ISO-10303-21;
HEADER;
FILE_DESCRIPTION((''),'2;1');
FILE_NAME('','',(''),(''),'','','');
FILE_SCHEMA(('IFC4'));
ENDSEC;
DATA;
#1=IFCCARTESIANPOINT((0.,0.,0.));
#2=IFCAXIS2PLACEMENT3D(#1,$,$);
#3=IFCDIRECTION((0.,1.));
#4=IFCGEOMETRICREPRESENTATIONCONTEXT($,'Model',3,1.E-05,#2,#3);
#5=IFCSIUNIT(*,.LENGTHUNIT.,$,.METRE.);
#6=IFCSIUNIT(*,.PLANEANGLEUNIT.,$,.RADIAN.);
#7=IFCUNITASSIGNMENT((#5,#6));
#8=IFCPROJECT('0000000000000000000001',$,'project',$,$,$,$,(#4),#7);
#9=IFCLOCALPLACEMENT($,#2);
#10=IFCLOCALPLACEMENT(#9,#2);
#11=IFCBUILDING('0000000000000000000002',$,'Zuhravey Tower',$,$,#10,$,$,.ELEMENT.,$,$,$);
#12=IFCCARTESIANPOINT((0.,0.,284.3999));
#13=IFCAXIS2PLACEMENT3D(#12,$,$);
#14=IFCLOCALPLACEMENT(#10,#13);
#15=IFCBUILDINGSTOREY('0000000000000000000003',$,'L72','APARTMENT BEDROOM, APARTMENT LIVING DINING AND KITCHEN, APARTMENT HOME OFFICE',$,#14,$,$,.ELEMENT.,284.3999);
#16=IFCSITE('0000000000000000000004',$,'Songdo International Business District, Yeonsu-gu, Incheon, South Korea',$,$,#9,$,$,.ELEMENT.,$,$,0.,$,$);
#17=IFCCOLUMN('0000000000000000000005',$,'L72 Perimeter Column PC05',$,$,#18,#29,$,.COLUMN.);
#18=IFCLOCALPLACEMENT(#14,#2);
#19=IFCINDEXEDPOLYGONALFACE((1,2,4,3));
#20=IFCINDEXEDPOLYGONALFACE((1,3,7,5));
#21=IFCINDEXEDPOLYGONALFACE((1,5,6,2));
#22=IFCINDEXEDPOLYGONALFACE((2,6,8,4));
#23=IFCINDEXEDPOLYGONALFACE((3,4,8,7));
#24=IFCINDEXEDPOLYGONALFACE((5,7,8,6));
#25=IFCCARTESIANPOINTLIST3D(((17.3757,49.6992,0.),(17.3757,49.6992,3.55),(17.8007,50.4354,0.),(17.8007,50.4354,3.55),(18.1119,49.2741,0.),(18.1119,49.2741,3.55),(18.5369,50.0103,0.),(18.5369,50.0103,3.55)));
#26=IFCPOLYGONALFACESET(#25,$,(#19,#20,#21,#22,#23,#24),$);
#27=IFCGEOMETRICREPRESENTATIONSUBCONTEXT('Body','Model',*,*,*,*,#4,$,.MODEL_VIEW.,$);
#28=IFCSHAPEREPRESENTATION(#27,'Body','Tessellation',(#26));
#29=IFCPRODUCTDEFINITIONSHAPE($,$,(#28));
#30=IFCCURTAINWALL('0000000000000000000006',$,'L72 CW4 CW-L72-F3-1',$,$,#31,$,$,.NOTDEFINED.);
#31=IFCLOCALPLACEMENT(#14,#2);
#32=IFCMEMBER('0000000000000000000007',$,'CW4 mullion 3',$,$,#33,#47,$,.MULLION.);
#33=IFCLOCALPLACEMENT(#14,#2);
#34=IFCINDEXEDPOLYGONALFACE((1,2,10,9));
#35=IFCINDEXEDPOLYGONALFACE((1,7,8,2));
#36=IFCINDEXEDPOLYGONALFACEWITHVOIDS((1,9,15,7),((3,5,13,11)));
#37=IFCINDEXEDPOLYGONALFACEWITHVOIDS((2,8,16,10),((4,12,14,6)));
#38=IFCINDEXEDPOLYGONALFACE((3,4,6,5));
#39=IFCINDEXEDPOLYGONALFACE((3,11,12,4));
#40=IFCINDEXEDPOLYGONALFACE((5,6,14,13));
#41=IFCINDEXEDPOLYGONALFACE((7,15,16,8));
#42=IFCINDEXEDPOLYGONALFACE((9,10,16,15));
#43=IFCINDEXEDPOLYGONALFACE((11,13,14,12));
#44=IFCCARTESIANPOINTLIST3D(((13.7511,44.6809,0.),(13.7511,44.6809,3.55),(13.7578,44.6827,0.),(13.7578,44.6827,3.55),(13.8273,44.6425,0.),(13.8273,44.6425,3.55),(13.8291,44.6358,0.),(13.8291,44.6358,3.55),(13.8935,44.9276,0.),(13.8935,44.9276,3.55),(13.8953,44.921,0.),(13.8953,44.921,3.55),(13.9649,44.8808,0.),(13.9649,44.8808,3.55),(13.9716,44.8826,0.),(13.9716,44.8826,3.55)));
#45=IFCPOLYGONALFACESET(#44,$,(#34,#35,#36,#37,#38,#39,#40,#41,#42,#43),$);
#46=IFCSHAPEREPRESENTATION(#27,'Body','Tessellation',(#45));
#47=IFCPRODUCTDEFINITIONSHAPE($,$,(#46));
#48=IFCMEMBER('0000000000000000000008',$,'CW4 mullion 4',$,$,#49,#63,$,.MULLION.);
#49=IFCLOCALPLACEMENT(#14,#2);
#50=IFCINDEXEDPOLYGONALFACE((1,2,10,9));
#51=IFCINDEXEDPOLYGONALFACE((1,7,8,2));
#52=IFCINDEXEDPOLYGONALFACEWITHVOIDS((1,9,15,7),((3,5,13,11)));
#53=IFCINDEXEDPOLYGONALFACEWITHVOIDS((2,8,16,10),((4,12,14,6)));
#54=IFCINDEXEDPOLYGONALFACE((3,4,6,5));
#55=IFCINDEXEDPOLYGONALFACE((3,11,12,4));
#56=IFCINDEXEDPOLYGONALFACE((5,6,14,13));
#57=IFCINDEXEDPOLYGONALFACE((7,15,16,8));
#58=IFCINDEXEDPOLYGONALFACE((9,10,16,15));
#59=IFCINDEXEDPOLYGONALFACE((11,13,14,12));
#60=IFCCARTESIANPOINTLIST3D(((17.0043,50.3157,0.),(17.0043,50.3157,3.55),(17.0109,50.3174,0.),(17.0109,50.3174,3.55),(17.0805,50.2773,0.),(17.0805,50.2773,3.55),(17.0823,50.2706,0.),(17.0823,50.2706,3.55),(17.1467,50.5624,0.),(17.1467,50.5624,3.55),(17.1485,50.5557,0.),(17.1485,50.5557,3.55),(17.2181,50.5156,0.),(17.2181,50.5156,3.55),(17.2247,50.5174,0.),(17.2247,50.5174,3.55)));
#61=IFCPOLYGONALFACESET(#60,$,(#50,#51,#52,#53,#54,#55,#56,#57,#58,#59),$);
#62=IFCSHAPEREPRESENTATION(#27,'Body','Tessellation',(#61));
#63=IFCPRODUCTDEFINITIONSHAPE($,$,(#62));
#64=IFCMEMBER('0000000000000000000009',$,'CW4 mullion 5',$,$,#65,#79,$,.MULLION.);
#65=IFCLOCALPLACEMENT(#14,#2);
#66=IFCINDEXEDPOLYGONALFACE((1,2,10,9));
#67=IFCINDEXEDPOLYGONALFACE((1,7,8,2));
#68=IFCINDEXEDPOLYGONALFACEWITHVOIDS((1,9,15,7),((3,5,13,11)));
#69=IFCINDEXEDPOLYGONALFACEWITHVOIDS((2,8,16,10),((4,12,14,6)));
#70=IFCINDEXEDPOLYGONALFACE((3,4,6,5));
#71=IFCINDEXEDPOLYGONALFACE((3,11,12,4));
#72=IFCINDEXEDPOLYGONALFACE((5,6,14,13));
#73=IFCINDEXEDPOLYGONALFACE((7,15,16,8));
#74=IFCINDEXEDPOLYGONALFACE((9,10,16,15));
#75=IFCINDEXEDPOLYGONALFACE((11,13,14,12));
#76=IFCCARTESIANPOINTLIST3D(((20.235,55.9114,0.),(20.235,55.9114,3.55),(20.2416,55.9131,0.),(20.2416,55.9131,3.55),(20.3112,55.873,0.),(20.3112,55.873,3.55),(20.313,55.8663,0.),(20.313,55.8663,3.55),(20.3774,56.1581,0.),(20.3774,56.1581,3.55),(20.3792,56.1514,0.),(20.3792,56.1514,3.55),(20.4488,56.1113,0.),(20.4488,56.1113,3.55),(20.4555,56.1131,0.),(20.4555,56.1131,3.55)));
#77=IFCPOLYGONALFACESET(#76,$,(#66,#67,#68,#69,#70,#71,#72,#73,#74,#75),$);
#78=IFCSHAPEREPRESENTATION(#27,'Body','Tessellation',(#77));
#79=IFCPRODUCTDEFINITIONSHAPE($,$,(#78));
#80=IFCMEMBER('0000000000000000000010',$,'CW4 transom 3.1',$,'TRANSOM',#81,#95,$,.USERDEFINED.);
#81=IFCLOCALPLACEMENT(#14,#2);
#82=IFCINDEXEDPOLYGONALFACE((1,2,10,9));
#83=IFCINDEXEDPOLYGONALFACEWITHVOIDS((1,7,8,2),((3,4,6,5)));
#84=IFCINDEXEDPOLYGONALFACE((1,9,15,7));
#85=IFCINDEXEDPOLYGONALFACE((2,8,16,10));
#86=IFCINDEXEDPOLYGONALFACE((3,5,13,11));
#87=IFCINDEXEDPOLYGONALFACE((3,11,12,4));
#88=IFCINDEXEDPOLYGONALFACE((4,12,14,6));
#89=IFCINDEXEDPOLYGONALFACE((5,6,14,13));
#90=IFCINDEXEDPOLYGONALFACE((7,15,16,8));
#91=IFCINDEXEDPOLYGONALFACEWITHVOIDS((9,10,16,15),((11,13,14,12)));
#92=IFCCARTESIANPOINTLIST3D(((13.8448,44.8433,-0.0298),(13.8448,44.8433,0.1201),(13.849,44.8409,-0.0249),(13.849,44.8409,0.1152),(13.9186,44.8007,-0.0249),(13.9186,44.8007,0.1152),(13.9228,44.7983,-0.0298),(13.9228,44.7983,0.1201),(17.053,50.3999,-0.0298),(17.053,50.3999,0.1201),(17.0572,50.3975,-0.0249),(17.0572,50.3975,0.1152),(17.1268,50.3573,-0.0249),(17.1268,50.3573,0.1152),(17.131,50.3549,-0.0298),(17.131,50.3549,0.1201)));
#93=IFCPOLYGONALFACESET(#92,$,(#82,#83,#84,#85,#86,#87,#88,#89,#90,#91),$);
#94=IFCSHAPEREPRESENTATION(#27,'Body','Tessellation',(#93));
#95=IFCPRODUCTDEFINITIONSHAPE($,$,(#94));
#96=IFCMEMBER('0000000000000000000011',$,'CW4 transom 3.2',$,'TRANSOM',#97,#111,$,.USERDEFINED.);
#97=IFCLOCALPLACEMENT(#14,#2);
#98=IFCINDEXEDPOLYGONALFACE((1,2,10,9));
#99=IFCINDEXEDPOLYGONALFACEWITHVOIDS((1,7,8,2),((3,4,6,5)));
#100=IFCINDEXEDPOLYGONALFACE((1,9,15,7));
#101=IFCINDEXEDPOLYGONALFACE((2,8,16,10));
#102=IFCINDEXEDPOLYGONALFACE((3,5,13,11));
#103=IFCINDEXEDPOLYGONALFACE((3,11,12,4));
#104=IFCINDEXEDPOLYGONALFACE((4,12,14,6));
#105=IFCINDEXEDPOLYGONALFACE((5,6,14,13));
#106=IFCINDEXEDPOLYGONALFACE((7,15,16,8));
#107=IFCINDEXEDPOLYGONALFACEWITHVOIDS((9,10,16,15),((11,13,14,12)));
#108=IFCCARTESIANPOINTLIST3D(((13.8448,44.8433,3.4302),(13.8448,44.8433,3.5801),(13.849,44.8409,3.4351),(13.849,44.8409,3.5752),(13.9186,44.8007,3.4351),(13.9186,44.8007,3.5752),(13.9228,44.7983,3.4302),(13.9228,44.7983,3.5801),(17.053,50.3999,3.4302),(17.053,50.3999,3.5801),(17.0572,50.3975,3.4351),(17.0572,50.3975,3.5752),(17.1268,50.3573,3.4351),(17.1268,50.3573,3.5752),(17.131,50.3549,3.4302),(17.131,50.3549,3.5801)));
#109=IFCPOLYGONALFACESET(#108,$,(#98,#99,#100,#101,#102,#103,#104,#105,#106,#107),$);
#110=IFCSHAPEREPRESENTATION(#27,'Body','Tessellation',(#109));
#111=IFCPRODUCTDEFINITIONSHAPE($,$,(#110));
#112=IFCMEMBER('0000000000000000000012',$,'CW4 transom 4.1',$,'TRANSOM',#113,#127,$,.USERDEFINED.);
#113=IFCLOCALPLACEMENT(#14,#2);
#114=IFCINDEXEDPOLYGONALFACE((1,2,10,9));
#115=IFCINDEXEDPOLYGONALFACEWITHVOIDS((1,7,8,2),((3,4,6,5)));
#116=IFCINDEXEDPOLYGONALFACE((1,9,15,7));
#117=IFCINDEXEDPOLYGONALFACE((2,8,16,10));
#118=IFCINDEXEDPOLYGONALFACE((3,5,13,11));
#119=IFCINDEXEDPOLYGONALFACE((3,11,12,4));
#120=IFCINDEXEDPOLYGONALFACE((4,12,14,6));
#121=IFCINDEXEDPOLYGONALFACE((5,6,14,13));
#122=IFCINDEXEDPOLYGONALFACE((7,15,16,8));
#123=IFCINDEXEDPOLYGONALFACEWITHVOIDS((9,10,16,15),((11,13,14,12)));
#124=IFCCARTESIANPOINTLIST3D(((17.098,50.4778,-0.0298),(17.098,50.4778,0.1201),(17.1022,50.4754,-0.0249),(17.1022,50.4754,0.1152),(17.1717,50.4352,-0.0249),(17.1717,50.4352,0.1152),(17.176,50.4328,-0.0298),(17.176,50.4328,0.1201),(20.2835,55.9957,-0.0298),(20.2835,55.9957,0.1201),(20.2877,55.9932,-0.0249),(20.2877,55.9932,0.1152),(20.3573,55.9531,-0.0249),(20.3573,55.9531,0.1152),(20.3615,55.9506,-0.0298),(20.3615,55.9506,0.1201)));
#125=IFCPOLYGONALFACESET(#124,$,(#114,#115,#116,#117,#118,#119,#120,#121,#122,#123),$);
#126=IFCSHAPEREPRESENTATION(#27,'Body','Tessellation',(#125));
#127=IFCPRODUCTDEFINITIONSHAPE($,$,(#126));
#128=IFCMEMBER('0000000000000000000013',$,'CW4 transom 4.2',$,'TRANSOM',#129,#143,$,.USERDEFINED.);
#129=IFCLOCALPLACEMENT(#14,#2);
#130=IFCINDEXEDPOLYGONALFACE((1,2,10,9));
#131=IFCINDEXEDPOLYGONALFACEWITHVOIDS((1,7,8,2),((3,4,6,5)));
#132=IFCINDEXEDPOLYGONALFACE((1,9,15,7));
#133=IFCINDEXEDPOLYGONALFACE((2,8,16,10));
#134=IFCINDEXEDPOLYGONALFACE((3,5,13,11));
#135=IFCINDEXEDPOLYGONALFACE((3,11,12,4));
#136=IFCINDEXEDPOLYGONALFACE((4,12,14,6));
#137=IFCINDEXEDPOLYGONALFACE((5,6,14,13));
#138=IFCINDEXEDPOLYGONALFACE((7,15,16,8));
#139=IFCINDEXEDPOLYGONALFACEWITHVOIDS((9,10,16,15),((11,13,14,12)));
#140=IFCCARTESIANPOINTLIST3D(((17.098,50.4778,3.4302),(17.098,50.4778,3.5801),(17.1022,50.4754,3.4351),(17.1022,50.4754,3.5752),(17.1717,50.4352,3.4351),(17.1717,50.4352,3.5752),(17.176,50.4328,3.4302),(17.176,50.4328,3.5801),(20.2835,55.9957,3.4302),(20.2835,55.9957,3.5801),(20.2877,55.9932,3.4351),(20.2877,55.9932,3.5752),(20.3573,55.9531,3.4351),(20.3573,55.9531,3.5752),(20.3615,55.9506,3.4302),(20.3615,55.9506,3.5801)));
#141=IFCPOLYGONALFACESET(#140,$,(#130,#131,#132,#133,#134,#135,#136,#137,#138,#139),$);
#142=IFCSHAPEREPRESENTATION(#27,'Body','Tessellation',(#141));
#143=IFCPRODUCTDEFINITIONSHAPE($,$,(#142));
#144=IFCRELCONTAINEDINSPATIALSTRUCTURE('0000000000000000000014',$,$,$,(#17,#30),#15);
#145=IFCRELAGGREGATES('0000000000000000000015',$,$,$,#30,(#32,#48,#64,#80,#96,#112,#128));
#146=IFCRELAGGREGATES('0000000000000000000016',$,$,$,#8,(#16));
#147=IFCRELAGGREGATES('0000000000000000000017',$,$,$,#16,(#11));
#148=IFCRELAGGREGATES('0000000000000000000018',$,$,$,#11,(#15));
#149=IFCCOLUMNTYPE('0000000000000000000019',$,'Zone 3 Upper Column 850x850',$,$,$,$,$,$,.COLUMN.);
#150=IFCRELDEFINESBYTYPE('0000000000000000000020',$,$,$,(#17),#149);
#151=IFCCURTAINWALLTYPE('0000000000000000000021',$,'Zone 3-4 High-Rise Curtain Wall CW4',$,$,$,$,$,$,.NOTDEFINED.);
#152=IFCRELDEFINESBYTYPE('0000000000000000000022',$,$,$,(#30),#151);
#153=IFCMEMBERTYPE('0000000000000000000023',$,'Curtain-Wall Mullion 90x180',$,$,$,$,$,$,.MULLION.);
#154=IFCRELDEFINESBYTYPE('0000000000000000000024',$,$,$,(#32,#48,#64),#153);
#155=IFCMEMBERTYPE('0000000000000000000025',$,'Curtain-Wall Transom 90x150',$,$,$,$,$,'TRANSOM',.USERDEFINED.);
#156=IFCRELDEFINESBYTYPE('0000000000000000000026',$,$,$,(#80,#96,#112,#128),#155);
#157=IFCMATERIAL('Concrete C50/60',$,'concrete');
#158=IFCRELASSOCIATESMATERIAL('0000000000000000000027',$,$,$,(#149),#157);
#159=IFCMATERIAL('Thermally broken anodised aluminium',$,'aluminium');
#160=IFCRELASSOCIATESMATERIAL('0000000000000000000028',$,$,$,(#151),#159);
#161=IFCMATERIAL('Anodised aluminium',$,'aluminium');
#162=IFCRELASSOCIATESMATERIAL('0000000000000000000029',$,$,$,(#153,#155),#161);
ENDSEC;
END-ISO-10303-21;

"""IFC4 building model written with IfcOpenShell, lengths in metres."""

from ifc_helpers import new_model, si_unit, direction, frame, origin, origin_2d, place, context, subcontext, project, spatial, rectangle, hollow_rectangle, extrude, material, material_profile, profile_set, type_object, element, aggregate, save


model = new_model("IFC4")

# Units and contexts
model_context = context("Model", 3, precision=1e-05, world=origin(), true_north=direction((0.0, 1.0)))
body_context = subcontext(model_context, "Body", "Model", "MODEL_VIEW")
ifc_project = project(units=[si_unit("LENGTHUNIT", "METRE"), si_unit("PLANEANGLEUNIT", "RADIAN")], contexts=[model_context])

# Site, building, storey
site_placement = place(None, origin())
site = spatial("IfcSite", under=ifc_project, at=site_placement, Name="Songdo International Business District, Yeonsu-gu, Incheon, South Korea", CompositionType="ELEMENT", RefElevation=0.0)
building_placement = place(site_placement, origin())
building = spatial("IfcBuilding", under=site, at=building_placement, Name="Zuhravey Tower", CompositionType="ELEMENT")
storey_placement = place(building_placement, frame((0.0, 0.0, 284.3999)))
storey = spatial("IfcBuildingStorey", under=building, at=storey_placement, Name="L72", Description="APARTMENT BEDROOM, APARTMENT LIVING DINING AND KITCHEN, APARTMENT HOME OFFICE", CompositionType="ELEMENT", Elevation=284.3999)

# Column
ifc_material_1 = material(Name="Concrete C50/60", Category="concrete")
ifc_material_profile_1 = material_profile(ifc_material_1, rectangle(XDim=0.8501, YDim=0.8501, at=origin_2d()), Name="RC-850x850")
ifc_profile_set_1 = profile_set([ifc_material_profile_1], Name="Concrete C50/60")
column_type = type_object("IfcColumnType", Name="Zone 3 Upper Column 850x850", PredefinedType="COLUMN", material=ifc_profile_set_1)
column_placement = place(storey_placement, frame((17.9563, 49.8547, 0.0), z_axis=(0.0, 0.0, 1.0), x_axis=(-0.5, -0.866025, 0.0)))
element("IfcColumn", 1, at=column_placement, inside=storey, type_object=column_type, Name="L72 Perimeter Column PC05", PredefinedType="COLUMN", context=body_context, shape_type="SweptSolid", body=[
    extrude(rectangle(XDim=0.8501, YDim=0.8501, at=origin_2d()), origin(), (0.0, 0.0, 1.0), 3.55),
])

# Curtain wall, members
ifc_material_2 = material(Name="Thermally broken anodised aluminium", Category="aluminium")
curtain_wall_type = type_object("IfcCurtainWallType", Name="Zone 3-4 High-Rise Curtain Wall CW4", PredefinedType="NOTDEFINED", material=ifc_material_2)
curtain_wall_placement = place(storey_placement, origin())
curtain_wall = element("IfcCurtainWall", 2, at=curtain_wall_placement, inside=storey, type_object=curtain_wall_type, Name="L72 CW4 CW-L72-F3-1", PredefinedType="NOTDEFINED")
ifc_material_3 = material(Name="Anodised aluminium", Category="aluminium")
ifc_material_profile_2 = material_profile(ifc_material_3, hollow_rectangle(XDim=0.0901, YDim=0.2849, WallThickness=0.0049, at=origin_2d()), Name="ALU-RHS-90x285x5")
ifc_profile_set_2 = profile_set([ifc_material_profile_2], Name="Anodised aluminium")
member_type_1 = type_object("IfcMemberType", Name="Curtain-Wall Mullion 90x180", PredefinedType="MULLION", material=ifc_profile_set_2)
member_1_placement = place(storey_placement, frame((13.8613, 44.7817, 0.0), z_axis=(0.0, 0.0, 1.0), x_axis=(-0.866025, 0.500001, 0.0)))
member_1 = element("IfcMember", 3, at=member_1_placement, type_object=member_type_1, Name="CW4 mullion 3", PredefinedType="MULLION", context=body_context, shape_type="SweptSolid", body=[
    extrude(hollow_rectangle(XDim=0.0901, YDim=0.2849, WallThickness=0.0049, at=origin_2d()), origin(), (0.0, 0.0, 1.0), 3.55),
])
member_2_placement = place(storey_placement, frame((17.1145, 50.4165, 0.0), z_axis=(0.0, 0.0, 1.0), x_axis=(-0.866025, 0.500001, 0.0)))
member_2 = element("IfcMember", 4, at=member_2_placement, type_object=member_type_1, Name="CW4 mullion 4", PredefinedType="MULLION", context=body_context, shape_type="SweptSolid", body=[
    extrude(hollow_rectangle(XDim=0.0901, YDim=0.2849, WallThickness=0.0049, at=origin_2d()), origin(), (0.0, 0.0, 1.0), 3.55),
])
member_3_placement = place(storey_placement, frame((20.3452, 56.0122, 0.0), z_axis=(0.0, 0.0, 1.0), x_axis=(-0.866025, 0.500001, 0.0)))
member_3 = element("IfcMember", 5, at=member_3_placement, type_object=member_type_1, Name="CW4 mullion 5", PredefinedType="MULLION", context=body_context, shape_type="SweptSolid", body=[
    extrude(hollow_rectangle(XDim=0.0901, YDim=0.2849, WallThickness=0.0049, at=origin_2d()), origin(), (0.0, 0.0, 1.0), 3.55),
])
ifc_material_profile_3 = material_profile(ifc_material_3, hollow_rectangle(XDim=0.0901, YDim=0.1499, WallThickness=0.0049, at=origin_2d()), Name="ALU-RHS-90x150x5")
ifc_profile_set_3 = profile_set([ifc_material_profile_3], Name="Anodised aluminium")
member_type_2 = type_object("IfcMemberType", Name="Curtain-Wall Transom 90x150", ElementType="TRANSOM", PredefinedType="USERDEFINED", material=ifc_profile_set_3)
member_4_placement = place(storey_placement, frame((13.8838, 44.8208, 0.0452), z_axis=(0.500014, 0.866017, 0.0), x_axis=(-0.866017, 0.500014, 0.0)))
member_4 = element("IfcMember", 6, at=member_4_placement, type_object=member_type_2, Name="CW4 transom 3.1", ObjectType="TRANSOM", PredefinedType="USERDEFINED", context=body_context, shape_type="SweptSolid", body=[
    extrude(hollow_rectangle(XDim=0.0901, YDim=0.1499, WallThickness=0.0049, at=origin_2d()), origin(), (0.0, 0.0, 1.0), 6.4163),
])
member_5_placement = place(storey_placement, frame((13.8838, 44.8208, 3.5051), z_axis=(0.500014, 0.866017, 0.0), x_axis=(-0.866017, 0.500014, 0.0)))
member_5 = element("IfcMember", 7, at=member_5_placement, type_object=member_type_2, Name="CW4 transom 3.2", ObjectType="TRANSOM", PredefinedType="USERDEFINED", context=body_context, shape_type="SweptSolid", body=[
    extrude(hollow_rectangle(XDim=0.0901, YDim=0.1499, WallThickness=0.0049, at=origin_2d()), origin(), (0.0, 0.0, 1.0), 6.4163),
])
member_6_placement = place(storey_placement, frame((17.137, 50.4553, 0.0452), z_axis=(0.49998, 0.866037, 0.0), x_axis=(-0.866037, 0.49998, 0.0)))
member_6 = element("IfcMember", 8, at=member_6_placement, type_object=member_type_2, Name="CW4 transom 4.1", ObjectType="TRANSOM", PredefinedType="USERDEFINED", context=body_context, shape_type="SweptSolid", body=[
    extrude(hollow_rectangle(XDim=0.0901, YDim=0.1499, WallThickness=0.0049, at=origin_2d()), origin(), (0.0, 0.0, 1.0), 6.3713),
])
member_7_placement = place(storey_placement, frame((17.137, 50.4553, 3.5051), z_axis=(0.49998, 0.866037, 0.0), x_axis=(-0.866037, 0.49998, 0.0)))
member_7 = element("IfcMember", 9, at=member_7_placement, type_object=member_type_2, Name="CW4 transom 4.2", ObjectType="TRANSOM", PredefinedType="USERDEFINED", context=body_context, shape_type="SweptSolid", body=[
    extrude(hollow_rectangle(XDim=0.0901, YDim=0.1499, WallThickness=0.0049, at=origin_2d()), origin(), (0.0, 0.0, 1.0), 6.3713),
])

aggregate(curtain_wall, [member_1, member_2, member_3, member_4, member_5, member_6, member_7])

save(model, "model.ifc")
